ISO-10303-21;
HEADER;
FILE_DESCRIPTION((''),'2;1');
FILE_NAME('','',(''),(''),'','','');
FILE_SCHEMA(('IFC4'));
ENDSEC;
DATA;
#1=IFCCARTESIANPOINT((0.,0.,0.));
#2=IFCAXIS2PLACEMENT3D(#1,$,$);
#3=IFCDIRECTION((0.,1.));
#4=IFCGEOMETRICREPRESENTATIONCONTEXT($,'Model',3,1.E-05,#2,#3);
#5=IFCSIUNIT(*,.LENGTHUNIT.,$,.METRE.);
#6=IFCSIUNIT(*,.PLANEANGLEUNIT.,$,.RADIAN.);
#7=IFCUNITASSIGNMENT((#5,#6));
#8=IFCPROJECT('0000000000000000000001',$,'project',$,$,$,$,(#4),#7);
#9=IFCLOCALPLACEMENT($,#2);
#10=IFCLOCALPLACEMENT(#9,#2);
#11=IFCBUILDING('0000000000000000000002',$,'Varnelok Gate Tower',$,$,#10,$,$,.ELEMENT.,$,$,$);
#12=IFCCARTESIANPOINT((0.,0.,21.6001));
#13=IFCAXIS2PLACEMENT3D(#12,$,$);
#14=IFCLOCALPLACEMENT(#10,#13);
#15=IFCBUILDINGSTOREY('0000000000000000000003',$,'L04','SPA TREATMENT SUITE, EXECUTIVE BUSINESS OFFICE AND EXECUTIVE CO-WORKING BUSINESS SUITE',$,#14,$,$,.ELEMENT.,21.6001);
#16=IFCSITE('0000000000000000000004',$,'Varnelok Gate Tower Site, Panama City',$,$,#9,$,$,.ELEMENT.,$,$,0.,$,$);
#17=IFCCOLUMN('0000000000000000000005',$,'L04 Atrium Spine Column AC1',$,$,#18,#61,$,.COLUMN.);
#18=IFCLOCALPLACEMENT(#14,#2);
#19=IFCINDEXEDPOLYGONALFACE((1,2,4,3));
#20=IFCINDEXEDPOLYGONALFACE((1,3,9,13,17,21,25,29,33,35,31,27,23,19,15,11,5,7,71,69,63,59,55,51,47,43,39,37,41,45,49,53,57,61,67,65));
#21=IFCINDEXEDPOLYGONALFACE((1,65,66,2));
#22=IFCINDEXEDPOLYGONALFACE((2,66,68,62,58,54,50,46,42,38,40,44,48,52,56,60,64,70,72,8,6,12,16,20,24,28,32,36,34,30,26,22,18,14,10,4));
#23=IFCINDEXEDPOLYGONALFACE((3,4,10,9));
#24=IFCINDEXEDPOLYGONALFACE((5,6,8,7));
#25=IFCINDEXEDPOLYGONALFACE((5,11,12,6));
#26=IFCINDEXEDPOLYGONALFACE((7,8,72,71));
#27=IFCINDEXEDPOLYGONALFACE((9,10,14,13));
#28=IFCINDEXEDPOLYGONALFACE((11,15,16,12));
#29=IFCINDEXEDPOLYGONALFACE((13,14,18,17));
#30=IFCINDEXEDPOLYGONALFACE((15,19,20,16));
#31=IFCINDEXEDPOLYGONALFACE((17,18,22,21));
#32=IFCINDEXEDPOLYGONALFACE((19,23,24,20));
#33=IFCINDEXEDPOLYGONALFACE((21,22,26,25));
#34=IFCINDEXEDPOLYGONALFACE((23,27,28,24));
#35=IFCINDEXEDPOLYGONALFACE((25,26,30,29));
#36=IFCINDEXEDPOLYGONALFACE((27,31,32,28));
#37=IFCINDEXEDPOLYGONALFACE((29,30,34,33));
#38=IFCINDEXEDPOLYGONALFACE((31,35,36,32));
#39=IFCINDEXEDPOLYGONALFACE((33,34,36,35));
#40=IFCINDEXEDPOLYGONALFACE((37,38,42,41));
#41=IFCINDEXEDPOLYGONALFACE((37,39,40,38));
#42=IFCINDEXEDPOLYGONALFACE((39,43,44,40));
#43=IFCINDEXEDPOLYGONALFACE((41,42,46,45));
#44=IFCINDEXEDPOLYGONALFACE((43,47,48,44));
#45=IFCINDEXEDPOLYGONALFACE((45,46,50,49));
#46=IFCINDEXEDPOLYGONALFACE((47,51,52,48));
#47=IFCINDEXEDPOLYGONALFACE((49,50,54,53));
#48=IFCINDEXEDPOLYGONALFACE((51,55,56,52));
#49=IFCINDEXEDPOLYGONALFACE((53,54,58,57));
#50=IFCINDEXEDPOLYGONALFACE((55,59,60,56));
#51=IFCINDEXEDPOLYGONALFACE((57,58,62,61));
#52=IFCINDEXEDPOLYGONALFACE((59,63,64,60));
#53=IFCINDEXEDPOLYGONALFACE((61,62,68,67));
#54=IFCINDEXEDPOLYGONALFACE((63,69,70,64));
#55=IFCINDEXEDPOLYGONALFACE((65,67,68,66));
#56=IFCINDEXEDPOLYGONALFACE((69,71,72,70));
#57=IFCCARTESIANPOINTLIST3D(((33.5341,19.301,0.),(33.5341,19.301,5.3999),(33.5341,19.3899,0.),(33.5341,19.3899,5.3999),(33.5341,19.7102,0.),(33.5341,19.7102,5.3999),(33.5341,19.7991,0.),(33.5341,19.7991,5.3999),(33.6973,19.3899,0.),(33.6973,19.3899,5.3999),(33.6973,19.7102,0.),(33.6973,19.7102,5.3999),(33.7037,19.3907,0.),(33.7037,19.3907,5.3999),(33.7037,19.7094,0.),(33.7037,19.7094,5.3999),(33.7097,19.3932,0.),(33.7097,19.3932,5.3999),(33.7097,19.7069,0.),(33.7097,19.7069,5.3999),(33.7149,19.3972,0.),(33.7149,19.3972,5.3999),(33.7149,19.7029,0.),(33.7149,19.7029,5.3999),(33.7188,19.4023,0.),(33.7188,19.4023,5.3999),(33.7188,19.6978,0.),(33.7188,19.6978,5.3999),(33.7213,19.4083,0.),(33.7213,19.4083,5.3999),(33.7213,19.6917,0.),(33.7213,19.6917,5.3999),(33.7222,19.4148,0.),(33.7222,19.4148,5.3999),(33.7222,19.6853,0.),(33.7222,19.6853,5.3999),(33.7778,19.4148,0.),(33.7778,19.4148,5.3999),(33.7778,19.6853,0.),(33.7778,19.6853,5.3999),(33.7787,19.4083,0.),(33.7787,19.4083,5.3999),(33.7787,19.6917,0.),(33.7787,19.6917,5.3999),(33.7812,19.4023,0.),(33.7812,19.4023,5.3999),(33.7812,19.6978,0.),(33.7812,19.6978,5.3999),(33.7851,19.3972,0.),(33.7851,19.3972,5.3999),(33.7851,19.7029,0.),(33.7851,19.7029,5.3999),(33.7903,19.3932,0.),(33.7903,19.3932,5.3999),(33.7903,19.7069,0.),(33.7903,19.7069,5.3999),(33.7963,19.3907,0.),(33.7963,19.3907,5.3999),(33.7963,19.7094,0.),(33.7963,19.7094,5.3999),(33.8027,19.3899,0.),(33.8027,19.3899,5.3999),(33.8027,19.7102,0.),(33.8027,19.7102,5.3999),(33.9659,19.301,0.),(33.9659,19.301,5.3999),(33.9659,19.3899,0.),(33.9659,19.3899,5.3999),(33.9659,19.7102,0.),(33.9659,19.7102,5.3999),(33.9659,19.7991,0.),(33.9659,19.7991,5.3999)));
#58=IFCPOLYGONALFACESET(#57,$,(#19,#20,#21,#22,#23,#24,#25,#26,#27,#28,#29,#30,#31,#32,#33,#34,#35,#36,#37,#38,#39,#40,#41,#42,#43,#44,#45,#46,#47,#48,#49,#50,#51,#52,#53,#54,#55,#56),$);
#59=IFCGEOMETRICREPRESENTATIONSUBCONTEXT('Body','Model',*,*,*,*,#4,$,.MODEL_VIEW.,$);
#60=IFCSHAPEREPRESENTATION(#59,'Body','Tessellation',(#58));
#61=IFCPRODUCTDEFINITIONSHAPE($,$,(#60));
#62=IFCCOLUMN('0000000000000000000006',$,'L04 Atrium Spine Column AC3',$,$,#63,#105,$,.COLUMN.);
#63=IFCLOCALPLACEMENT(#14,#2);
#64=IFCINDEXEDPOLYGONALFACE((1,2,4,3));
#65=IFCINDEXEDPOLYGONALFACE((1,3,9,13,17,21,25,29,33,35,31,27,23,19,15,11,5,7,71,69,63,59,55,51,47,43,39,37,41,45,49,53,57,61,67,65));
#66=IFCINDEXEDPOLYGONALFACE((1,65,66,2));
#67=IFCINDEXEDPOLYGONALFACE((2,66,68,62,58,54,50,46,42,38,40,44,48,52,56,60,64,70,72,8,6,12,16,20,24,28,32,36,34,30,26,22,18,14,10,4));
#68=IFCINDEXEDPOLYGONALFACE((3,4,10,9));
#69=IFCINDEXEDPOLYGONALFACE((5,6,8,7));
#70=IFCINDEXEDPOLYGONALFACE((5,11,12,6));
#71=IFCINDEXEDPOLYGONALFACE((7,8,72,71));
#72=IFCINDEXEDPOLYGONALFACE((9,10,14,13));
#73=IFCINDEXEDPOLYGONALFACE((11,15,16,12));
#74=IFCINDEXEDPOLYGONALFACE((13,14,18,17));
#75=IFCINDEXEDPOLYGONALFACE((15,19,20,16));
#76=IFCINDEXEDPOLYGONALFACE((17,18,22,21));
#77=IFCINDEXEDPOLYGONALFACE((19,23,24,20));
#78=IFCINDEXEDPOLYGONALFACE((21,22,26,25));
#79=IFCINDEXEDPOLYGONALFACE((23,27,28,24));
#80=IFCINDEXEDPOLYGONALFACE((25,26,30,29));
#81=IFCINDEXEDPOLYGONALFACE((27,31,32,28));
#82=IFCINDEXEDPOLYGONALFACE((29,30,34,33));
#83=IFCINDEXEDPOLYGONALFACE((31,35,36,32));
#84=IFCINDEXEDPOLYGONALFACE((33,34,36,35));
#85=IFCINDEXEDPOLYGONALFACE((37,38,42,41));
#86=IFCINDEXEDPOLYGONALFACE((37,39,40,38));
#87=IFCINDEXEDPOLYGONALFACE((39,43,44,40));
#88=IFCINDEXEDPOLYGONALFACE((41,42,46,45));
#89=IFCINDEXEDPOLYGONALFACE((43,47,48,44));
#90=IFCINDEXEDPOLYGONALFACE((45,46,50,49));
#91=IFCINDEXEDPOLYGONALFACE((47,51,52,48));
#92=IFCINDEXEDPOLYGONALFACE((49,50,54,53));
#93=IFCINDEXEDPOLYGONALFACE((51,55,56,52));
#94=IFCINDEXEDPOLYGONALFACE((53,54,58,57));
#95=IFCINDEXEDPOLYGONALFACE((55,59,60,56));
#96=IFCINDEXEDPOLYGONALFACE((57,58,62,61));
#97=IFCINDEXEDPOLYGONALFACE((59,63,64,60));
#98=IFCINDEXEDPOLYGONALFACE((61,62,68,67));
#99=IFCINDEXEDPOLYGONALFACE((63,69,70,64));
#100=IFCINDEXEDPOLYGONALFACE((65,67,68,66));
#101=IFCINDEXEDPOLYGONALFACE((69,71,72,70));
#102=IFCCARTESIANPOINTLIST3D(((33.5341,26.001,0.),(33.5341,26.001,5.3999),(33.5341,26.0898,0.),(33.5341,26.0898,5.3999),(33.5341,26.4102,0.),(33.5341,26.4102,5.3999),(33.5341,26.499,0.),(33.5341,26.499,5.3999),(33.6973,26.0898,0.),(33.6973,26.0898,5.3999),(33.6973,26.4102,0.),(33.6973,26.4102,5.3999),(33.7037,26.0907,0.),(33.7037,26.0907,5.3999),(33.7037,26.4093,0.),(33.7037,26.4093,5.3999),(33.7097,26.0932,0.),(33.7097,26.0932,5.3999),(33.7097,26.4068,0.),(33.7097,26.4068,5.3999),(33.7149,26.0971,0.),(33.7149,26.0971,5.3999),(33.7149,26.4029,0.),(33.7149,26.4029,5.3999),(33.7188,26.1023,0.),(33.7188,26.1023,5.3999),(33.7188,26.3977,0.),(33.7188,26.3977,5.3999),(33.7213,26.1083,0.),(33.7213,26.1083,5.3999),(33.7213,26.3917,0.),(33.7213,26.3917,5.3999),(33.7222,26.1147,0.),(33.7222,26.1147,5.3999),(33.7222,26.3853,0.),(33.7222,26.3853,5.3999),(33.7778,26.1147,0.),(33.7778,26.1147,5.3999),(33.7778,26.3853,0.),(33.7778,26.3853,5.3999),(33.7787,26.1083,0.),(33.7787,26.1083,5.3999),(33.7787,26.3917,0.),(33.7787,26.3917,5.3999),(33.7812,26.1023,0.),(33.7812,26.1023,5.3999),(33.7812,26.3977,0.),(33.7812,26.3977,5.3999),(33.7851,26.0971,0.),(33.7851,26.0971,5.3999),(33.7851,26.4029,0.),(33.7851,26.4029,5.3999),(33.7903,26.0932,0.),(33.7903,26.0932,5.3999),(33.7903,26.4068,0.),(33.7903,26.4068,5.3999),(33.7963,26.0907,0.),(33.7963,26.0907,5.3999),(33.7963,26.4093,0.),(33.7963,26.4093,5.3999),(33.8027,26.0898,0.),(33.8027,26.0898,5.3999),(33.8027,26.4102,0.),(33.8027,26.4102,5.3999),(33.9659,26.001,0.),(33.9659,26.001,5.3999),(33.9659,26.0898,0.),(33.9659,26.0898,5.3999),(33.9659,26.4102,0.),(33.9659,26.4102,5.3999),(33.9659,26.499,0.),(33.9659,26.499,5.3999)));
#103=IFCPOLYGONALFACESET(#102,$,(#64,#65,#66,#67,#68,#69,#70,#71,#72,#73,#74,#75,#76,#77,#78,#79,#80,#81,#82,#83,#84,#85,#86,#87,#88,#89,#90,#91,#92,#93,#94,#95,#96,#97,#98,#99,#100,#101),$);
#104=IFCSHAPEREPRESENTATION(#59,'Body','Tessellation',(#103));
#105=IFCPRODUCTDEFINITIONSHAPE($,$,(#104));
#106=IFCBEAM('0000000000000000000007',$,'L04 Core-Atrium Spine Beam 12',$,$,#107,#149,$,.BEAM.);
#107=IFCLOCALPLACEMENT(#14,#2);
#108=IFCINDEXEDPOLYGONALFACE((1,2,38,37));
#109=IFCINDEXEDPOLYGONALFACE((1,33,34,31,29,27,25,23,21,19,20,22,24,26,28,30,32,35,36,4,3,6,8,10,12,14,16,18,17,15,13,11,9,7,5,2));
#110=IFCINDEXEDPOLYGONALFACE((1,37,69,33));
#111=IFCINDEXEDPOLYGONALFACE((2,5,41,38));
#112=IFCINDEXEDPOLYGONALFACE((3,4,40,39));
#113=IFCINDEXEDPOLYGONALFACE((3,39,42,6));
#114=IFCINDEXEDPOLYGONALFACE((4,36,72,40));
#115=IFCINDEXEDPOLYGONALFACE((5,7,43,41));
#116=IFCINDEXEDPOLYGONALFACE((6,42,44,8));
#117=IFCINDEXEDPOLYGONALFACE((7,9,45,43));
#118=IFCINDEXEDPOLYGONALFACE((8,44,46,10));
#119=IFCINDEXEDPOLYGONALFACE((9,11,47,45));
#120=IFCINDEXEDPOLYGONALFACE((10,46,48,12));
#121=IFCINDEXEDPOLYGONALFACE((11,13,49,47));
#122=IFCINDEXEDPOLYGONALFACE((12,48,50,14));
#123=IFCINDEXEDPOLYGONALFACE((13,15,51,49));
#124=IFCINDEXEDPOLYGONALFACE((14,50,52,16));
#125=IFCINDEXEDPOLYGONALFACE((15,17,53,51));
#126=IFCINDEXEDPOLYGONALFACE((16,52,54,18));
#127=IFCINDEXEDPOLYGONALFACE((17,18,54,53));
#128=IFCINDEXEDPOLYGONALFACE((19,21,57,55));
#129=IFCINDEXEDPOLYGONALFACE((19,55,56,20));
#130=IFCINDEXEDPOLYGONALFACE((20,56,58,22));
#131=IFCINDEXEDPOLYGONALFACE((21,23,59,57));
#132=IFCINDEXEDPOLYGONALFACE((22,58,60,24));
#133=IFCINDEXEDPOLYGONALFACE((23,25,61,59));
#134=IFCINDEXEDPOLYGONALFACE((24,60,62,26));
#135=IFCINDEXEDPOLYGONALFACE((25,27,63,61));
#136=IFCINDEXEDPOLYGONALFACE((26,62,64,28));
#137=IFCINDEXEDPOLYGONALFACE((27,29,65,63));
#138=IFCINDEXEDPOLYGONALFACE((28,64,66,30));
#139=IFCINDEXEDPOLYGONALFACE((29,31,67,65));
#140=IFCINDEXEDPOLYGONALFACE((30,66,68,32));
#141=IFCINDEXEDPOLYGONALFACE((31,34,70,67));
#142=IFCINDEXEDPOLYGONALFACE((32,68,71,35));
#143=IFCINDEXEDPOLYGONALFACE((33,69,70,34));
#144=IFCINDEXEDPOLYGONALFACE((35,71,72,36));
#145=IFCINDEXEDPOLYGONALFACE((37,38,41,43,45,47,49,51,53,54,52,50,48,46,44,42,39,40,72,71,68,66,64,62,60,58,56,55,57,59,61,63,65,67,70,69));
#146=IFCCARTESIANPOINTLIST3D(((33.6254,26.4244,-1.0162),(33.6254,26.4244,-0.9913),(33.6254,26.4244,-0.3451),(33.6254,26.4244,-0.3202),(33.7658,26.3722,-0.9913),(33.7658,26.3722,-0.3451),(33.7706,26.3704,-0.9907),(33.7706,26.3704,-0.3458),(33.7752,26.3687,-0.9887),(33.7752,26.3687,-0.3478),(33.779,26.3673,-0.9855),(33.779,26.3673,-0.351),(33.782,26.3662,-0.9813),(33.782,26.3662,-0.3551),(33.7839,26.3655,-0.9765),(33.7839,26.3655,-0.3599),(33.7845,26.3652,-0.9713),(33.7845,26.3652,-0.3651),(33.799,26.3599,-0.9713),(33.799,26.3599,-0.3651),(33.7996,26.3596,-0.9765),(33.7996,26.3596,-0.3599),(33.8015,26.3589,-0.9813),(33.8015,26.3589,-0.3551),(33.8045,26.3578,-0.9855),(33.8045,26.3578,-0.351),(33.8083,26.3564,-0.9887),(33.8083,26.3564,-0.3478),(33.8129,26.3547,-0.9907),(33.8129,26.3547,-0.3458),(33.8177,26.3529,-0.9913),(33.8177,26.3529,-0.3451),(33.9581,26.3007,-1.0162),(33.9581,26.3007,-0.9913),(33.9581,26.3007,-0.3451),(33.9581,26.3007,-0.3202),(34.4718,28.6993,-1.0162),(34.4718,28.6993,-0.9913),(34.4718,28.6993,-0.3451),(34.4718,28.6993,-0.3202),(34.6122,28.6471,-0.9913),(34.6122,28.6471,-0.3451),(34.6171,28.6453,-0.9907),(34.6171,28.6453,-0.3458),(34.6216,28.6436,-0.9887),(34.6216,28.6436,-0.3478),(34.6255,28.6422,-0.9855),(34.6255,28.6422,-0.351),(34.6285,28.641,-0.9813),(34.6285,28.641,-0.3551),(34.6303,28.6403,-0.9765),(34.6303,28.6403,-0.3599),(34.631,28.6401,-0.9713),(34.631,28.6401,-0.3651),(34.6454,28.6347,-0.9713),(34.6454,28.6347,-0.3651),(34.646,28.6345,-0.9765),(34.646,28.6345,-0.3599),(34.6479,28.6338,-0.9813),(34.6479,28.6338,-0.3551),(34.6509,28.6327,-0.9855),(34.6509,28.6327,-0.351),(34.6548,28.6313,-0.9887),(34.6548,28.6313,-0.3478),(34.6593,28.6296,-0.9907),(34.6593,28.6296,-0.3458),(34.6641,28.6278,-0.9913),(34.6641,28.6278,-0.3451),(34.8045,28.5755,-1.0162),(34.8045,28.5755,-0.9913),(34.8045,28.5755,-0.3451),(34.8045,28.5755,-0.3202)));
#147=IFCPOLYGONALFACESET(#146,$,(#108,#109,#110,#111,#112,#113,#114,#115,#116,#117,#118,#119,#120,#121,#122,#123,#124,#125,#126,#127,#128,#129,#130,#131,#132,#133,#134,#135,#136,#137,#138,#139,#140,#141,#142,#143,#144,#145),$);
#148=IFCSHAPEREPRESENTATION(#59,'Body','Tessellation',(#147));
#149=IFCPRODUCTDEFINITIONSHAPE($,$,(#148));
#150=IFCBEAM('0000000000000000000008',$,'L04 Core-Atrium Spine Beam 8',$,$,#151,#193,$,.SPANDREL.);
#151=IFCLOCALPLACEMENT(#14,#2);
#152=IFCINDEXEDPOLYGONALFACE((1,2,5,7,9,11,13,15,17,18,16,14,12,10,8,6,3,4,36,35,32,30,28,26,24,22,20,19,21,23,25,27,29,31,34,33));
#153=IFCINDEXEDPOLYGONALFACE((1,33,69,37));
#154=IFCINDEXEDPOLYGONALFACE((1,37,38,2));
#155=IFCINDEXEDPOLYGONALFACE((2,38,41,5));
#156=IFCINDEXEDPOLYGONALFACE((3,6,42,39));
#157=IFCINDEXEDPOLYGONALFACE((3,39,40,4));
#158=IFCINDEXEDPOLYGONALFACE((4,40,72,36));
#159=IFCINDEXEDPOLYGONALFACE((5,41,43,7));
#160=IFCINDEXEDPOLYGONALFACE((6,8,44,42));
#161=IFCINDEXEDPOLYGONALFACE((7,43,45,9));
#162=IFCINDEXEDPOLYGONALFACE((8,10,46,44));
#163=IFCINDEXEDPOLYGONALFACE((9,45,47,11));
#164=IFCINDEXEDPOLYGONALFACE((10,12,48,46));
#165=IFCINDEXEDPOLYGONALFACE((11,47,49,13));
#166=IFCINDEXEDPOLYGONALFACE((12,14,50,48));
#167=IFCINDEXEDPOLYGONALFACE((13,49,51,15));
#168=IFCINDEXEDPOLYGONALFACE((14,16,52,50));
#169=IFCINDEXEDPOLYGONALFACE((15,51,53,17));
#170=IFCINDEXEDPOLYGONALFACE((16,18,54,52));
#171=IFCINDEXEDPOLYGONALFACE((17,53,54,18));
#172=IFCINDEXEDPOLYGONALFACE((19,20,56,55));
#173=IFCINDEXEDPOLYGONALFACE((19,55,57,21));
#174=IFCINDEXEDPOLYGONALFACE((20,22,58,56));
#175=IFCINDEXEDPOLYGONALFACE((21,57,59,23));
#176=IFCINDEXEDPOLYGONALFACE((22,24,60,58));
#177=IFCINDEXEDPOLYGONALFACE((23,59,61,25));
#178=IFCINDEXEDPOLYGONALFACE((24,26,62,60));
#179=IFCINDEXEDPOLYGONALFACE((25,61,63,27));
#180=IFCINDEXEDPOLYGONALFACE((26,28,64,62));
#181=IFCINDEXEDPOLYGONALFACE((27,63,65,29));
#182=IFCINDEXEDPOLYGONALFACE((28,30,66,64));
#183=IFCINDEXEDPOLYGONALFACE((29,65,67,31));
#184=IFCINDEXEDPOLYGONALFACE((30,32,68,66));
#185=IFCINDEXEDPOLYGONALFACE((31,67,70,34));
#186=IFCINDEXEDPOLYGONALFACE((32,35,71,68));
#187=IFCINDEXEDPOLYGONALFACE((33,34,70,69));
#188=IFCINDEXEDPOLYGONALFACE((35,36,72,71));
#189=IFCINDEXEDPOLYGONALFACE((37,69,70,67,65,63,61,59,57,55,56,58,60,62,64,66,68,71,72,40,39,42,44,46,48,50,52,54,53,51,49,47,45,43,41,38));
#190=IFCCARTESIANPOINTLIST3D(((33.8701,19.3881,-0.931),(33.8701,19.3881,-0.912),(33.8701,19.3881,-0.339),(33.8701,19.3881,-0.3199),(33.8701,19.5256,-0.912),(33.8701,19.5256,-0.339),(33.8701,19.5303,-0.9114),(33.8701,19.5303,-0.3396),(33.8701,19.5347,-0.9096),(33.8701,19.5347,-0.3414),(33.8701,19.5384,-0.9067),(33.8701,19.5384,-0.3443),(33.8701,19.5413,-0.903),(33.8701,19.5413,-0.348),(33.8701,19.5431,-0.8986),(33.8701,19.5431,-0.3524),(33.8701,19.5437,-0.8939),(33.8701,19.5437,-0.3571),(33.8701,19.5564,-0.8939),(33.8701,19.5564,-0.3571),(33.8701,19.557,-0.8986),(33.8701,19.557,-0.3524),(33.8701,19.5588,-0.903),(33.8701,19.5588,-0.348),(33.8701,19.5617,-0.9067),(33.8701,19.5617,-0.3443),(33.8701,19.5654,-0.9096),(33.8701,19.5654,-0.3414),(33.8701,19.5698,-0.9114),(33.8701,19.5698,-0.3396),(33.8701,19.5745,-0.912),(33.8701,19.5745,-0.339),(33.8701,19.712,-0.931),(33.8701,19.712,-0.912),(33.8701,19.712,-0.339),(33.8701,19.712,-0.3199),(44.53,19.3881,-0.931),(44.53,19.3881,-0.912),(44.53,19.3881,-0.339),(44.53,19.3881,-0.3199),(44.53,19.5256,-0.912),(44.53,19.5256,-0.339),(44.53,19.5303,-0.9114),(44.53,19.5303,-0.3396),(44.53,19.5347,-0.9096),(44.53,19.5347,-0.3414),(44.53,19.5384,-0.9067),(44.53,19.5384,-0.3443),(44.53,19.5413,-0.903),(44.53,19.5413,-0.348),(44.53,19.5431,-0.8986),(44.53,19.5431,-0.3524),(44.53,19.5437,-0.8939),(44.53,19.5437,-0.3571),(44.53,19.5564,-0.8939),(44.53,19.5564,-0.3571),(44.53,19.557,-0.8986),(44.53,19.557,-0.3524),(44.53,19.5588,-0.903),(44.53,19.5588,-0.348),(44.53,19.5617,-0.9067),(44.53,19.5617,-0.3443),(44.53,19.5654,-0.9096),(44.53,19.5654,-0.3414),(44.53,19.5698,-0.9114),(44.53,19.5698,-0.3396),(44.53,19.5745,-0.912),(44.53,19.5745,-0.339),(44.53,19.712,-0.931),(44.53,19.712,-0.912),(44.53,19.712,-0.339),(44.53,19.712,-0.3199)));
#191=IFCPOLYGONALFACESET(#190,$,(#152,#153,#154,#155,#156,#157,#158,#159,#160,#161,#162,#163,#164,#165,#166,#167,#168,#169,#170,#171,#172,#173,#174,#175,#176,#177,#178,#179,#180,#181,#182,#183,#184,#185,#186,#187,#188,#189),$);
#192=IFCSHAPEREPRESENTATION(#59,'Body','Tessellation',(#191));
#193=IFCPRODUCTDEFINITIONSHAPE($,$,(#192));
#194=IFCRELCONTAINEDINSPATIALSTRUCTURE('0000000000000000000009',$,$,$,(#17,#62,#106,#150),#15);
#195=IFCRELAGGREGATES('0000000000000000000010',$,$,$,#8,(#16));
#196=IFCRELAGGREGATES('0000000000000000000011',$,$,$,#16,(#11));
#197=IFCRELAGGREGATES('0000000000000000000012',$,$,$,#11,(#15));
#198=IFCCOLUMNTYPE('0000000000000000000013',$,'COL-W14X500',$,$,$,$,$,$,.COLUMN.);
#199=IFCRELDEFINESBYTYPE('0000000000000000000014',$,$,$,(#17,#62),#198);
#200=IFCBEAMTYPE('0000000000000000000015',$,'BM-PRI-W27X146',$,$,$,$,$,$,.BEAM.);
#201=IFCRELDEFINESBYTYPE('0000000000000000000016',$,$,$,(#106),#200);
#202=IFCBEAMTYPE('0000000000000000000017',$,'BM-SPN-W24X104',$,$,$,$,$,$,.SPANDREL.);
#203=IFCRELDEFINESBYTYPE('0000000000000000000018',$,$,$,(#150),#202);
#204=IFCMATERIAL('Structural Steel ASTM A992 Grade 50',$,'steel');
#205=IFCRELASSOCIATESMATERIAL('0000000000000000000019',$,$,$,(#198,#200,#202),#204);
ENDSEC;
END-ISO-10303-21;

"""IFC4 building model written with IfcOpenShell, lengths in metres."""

from ifc_helpers import new_model, si_unit, direction, frame, origin, origin_2d, place, context, subcontext, project, spatial, i_section, extrude, material, material_profile, profile_set, type_object, element, save


model = new_model("IFC4")

# Units and contexts
model_context = context("Model", 3, precision=1e-05, world=origin(), true_north=direction((0.0, 1.0)))
body_context = subcontext(model_context, "Body", "Model", "MODEL_VIEW")
ifc_project = project(units=[si_unit("LENGTHUNIT", "METRE"), si_unit("PLANEANGLEUNIT", "RADIAN")], contexts=[model_context])

# Site, building, storey
site_placement = place(None, origin())
site = spatial("IfcSite", under=ifc_project, at=site_placement, Name="Varnelok Gate Tower Site, Panama City", CompositionType="ELEMENT", RefElevation=0.0)
building_placement = place(site_placement, origin())
building = spatial("IfcBuilding", under=site, at=building_placement, Name="Varnelok Gate Tower", CompositionType="ELEMENT")
storey_placement = place(building_placement, frame((0.0, 0.0, 21.6001)))
storey = spatial("IfcBuildingStorey", under=building, at=storey_placement, Name="L04", Description="SPA TREATMENT SUITE, EXECUTIVE BUSINESS OFFICE AND EXECUTIVE CO-WORKING BUSINESS SUITE", CompositionType="ELEMENT", Elevation=21.6001)

# Columns
ifc_material_1 = material(Name="Structural Steel ASTM A992 Grade 50", Category="steel")
ifc_material_profile_1 = material_profile(ifc_material_1, i_section(OverallWidth=0.4319, OverallDepth=0.498, WebThickness=0.0557, FlangeThickness=0.0889, FilletRadius=0.0249, at=origin_2d()), Name="W14X500")
ifc_profile_set_1 = profile_set([ifc_material_profile_1], Name="Structural Steel ASTM A992 Grade 50")
column_type = type_object("IfcColumnType", Name="COL-W14X500", PredefinedType="COLUMN", material=ifc_profile_set_1)
for number, where, z_axis, x_axis, name in (
    (1, (33.75, 19.55, 0.0), (0.0, 0.0, 1.0), (1.0, 0.0, 0.0), "L04 Atrium Spine Column AC1"),
    (2, (33.75, 26.25, 0.0), (0.0, 0.0, 1.0), (1.0, 0.0, 0.0), "L04 Atrium Spine Column AC3"),
):
    element("IfcColumn", number, at=place(storey_placement, frame(where, z_axis=z_axis, x_axis=x_axis)), inside=storey, type_object=column_type, Name=name, PredefinedType="COLUMN", context=body_context, shape_type="SweptSolid", body=[
        extrude(i_section(OverallWidth=0.4319, OverallDepth=0.498, WebThickness=0.0557, FlangeThickness=0.0889, FilletRadius=0.0249, at=origin_2d()), origin(), (0.0, 0.0, 1.0), 5.3999),
    ])

# Beams
ifc_material_profile_2 = material_profile(ifc_material_1, i_section(OverallWidth=0.355, OverallDepth=0.696, WebThickness=0.0154, FlangeThickness=0.0249, FilletRadius=0.02, at=origin_2d()), Name="W27X146")
ifc_profile_set_2 = profile_set([ifc_material_profile_2], Name="Structural Steel ASTM A992 Grade 50")
beam_type_1 = type_object("IfcBeamType", Name="BM-PRI-W27X146", PredefinedType="BEAM", material=ifc_profile_set_2)
beam_1_placement = place(storey_placement, frame((33.7917, 26.3625, -0.6682), z_axis=(0.348719, 0.937227, 0.0), x_axis=(-0.937227, 0.348719, 0.0)))
element("IfcBeam", 3, at=beam_1_placement, inside=storey, type_object=beam_type_1, Name="L04 Core-Atrium Spine Beam 12", PredefinedType="BEAM", context=body_context, shape_type="SweptSolid", body=[
    extrude(i_section(OverallWidth=0.355, OverallDepth=0.696, WebThickness=0.0154, FlangeThickness=0.0249, FilletRadius=0.02, at=origin_2d()), origin(), (0.0, 0.0, 1.0), 2.4272),
])
ifc_material_profile_3 = material_profile(ifc_material_1, i_section(OverallWidth=0.324, OverallDepth=0.6111, WebThickness=0.0127, FlangeThickness=0.019, FilletRadius=0.0181, at=origin_2d()), Name="W24X104")
ifc_profile_set_3 = profile_set([ifc_material_profile_3], Name="Structural Steel ASTM A992 Grade 50")
beam_type_2 = type_object("IfcBeamType", Name="BM-SPN-W24X104", PredefinedType="SPANDREL", material=ifc_profile_set_3)
for number, where, z_axis, x_axis, name in (
    (4, (33.8701, 19.55, -0.6255), (1.0, 0.0, 0.0), (0.0, 1.0, 0.0), "L04 Core-Atrium Spine Beam 8"),
):
    element("IfcBeam", number, at=place(storey_placement, frame(where, z_axis=z_axis, x_axis=x_axis)), inside=storey, type_object=beam_type_2, Name=name, PredefinedType="SPANDREL", context=body_context, shape_type="SweptSolid", body=[
        extrude(i_section(OverallWidth=0.324, OverallDepth=0.6111, WebThickness=0.0127, FlangeThickness=0.019, FilletRadius=0.0181, at=origin_2d()), origin(), (0.0, 0.0, 1.0), 10.6599),
    ])

save(model, "model.ifc")
